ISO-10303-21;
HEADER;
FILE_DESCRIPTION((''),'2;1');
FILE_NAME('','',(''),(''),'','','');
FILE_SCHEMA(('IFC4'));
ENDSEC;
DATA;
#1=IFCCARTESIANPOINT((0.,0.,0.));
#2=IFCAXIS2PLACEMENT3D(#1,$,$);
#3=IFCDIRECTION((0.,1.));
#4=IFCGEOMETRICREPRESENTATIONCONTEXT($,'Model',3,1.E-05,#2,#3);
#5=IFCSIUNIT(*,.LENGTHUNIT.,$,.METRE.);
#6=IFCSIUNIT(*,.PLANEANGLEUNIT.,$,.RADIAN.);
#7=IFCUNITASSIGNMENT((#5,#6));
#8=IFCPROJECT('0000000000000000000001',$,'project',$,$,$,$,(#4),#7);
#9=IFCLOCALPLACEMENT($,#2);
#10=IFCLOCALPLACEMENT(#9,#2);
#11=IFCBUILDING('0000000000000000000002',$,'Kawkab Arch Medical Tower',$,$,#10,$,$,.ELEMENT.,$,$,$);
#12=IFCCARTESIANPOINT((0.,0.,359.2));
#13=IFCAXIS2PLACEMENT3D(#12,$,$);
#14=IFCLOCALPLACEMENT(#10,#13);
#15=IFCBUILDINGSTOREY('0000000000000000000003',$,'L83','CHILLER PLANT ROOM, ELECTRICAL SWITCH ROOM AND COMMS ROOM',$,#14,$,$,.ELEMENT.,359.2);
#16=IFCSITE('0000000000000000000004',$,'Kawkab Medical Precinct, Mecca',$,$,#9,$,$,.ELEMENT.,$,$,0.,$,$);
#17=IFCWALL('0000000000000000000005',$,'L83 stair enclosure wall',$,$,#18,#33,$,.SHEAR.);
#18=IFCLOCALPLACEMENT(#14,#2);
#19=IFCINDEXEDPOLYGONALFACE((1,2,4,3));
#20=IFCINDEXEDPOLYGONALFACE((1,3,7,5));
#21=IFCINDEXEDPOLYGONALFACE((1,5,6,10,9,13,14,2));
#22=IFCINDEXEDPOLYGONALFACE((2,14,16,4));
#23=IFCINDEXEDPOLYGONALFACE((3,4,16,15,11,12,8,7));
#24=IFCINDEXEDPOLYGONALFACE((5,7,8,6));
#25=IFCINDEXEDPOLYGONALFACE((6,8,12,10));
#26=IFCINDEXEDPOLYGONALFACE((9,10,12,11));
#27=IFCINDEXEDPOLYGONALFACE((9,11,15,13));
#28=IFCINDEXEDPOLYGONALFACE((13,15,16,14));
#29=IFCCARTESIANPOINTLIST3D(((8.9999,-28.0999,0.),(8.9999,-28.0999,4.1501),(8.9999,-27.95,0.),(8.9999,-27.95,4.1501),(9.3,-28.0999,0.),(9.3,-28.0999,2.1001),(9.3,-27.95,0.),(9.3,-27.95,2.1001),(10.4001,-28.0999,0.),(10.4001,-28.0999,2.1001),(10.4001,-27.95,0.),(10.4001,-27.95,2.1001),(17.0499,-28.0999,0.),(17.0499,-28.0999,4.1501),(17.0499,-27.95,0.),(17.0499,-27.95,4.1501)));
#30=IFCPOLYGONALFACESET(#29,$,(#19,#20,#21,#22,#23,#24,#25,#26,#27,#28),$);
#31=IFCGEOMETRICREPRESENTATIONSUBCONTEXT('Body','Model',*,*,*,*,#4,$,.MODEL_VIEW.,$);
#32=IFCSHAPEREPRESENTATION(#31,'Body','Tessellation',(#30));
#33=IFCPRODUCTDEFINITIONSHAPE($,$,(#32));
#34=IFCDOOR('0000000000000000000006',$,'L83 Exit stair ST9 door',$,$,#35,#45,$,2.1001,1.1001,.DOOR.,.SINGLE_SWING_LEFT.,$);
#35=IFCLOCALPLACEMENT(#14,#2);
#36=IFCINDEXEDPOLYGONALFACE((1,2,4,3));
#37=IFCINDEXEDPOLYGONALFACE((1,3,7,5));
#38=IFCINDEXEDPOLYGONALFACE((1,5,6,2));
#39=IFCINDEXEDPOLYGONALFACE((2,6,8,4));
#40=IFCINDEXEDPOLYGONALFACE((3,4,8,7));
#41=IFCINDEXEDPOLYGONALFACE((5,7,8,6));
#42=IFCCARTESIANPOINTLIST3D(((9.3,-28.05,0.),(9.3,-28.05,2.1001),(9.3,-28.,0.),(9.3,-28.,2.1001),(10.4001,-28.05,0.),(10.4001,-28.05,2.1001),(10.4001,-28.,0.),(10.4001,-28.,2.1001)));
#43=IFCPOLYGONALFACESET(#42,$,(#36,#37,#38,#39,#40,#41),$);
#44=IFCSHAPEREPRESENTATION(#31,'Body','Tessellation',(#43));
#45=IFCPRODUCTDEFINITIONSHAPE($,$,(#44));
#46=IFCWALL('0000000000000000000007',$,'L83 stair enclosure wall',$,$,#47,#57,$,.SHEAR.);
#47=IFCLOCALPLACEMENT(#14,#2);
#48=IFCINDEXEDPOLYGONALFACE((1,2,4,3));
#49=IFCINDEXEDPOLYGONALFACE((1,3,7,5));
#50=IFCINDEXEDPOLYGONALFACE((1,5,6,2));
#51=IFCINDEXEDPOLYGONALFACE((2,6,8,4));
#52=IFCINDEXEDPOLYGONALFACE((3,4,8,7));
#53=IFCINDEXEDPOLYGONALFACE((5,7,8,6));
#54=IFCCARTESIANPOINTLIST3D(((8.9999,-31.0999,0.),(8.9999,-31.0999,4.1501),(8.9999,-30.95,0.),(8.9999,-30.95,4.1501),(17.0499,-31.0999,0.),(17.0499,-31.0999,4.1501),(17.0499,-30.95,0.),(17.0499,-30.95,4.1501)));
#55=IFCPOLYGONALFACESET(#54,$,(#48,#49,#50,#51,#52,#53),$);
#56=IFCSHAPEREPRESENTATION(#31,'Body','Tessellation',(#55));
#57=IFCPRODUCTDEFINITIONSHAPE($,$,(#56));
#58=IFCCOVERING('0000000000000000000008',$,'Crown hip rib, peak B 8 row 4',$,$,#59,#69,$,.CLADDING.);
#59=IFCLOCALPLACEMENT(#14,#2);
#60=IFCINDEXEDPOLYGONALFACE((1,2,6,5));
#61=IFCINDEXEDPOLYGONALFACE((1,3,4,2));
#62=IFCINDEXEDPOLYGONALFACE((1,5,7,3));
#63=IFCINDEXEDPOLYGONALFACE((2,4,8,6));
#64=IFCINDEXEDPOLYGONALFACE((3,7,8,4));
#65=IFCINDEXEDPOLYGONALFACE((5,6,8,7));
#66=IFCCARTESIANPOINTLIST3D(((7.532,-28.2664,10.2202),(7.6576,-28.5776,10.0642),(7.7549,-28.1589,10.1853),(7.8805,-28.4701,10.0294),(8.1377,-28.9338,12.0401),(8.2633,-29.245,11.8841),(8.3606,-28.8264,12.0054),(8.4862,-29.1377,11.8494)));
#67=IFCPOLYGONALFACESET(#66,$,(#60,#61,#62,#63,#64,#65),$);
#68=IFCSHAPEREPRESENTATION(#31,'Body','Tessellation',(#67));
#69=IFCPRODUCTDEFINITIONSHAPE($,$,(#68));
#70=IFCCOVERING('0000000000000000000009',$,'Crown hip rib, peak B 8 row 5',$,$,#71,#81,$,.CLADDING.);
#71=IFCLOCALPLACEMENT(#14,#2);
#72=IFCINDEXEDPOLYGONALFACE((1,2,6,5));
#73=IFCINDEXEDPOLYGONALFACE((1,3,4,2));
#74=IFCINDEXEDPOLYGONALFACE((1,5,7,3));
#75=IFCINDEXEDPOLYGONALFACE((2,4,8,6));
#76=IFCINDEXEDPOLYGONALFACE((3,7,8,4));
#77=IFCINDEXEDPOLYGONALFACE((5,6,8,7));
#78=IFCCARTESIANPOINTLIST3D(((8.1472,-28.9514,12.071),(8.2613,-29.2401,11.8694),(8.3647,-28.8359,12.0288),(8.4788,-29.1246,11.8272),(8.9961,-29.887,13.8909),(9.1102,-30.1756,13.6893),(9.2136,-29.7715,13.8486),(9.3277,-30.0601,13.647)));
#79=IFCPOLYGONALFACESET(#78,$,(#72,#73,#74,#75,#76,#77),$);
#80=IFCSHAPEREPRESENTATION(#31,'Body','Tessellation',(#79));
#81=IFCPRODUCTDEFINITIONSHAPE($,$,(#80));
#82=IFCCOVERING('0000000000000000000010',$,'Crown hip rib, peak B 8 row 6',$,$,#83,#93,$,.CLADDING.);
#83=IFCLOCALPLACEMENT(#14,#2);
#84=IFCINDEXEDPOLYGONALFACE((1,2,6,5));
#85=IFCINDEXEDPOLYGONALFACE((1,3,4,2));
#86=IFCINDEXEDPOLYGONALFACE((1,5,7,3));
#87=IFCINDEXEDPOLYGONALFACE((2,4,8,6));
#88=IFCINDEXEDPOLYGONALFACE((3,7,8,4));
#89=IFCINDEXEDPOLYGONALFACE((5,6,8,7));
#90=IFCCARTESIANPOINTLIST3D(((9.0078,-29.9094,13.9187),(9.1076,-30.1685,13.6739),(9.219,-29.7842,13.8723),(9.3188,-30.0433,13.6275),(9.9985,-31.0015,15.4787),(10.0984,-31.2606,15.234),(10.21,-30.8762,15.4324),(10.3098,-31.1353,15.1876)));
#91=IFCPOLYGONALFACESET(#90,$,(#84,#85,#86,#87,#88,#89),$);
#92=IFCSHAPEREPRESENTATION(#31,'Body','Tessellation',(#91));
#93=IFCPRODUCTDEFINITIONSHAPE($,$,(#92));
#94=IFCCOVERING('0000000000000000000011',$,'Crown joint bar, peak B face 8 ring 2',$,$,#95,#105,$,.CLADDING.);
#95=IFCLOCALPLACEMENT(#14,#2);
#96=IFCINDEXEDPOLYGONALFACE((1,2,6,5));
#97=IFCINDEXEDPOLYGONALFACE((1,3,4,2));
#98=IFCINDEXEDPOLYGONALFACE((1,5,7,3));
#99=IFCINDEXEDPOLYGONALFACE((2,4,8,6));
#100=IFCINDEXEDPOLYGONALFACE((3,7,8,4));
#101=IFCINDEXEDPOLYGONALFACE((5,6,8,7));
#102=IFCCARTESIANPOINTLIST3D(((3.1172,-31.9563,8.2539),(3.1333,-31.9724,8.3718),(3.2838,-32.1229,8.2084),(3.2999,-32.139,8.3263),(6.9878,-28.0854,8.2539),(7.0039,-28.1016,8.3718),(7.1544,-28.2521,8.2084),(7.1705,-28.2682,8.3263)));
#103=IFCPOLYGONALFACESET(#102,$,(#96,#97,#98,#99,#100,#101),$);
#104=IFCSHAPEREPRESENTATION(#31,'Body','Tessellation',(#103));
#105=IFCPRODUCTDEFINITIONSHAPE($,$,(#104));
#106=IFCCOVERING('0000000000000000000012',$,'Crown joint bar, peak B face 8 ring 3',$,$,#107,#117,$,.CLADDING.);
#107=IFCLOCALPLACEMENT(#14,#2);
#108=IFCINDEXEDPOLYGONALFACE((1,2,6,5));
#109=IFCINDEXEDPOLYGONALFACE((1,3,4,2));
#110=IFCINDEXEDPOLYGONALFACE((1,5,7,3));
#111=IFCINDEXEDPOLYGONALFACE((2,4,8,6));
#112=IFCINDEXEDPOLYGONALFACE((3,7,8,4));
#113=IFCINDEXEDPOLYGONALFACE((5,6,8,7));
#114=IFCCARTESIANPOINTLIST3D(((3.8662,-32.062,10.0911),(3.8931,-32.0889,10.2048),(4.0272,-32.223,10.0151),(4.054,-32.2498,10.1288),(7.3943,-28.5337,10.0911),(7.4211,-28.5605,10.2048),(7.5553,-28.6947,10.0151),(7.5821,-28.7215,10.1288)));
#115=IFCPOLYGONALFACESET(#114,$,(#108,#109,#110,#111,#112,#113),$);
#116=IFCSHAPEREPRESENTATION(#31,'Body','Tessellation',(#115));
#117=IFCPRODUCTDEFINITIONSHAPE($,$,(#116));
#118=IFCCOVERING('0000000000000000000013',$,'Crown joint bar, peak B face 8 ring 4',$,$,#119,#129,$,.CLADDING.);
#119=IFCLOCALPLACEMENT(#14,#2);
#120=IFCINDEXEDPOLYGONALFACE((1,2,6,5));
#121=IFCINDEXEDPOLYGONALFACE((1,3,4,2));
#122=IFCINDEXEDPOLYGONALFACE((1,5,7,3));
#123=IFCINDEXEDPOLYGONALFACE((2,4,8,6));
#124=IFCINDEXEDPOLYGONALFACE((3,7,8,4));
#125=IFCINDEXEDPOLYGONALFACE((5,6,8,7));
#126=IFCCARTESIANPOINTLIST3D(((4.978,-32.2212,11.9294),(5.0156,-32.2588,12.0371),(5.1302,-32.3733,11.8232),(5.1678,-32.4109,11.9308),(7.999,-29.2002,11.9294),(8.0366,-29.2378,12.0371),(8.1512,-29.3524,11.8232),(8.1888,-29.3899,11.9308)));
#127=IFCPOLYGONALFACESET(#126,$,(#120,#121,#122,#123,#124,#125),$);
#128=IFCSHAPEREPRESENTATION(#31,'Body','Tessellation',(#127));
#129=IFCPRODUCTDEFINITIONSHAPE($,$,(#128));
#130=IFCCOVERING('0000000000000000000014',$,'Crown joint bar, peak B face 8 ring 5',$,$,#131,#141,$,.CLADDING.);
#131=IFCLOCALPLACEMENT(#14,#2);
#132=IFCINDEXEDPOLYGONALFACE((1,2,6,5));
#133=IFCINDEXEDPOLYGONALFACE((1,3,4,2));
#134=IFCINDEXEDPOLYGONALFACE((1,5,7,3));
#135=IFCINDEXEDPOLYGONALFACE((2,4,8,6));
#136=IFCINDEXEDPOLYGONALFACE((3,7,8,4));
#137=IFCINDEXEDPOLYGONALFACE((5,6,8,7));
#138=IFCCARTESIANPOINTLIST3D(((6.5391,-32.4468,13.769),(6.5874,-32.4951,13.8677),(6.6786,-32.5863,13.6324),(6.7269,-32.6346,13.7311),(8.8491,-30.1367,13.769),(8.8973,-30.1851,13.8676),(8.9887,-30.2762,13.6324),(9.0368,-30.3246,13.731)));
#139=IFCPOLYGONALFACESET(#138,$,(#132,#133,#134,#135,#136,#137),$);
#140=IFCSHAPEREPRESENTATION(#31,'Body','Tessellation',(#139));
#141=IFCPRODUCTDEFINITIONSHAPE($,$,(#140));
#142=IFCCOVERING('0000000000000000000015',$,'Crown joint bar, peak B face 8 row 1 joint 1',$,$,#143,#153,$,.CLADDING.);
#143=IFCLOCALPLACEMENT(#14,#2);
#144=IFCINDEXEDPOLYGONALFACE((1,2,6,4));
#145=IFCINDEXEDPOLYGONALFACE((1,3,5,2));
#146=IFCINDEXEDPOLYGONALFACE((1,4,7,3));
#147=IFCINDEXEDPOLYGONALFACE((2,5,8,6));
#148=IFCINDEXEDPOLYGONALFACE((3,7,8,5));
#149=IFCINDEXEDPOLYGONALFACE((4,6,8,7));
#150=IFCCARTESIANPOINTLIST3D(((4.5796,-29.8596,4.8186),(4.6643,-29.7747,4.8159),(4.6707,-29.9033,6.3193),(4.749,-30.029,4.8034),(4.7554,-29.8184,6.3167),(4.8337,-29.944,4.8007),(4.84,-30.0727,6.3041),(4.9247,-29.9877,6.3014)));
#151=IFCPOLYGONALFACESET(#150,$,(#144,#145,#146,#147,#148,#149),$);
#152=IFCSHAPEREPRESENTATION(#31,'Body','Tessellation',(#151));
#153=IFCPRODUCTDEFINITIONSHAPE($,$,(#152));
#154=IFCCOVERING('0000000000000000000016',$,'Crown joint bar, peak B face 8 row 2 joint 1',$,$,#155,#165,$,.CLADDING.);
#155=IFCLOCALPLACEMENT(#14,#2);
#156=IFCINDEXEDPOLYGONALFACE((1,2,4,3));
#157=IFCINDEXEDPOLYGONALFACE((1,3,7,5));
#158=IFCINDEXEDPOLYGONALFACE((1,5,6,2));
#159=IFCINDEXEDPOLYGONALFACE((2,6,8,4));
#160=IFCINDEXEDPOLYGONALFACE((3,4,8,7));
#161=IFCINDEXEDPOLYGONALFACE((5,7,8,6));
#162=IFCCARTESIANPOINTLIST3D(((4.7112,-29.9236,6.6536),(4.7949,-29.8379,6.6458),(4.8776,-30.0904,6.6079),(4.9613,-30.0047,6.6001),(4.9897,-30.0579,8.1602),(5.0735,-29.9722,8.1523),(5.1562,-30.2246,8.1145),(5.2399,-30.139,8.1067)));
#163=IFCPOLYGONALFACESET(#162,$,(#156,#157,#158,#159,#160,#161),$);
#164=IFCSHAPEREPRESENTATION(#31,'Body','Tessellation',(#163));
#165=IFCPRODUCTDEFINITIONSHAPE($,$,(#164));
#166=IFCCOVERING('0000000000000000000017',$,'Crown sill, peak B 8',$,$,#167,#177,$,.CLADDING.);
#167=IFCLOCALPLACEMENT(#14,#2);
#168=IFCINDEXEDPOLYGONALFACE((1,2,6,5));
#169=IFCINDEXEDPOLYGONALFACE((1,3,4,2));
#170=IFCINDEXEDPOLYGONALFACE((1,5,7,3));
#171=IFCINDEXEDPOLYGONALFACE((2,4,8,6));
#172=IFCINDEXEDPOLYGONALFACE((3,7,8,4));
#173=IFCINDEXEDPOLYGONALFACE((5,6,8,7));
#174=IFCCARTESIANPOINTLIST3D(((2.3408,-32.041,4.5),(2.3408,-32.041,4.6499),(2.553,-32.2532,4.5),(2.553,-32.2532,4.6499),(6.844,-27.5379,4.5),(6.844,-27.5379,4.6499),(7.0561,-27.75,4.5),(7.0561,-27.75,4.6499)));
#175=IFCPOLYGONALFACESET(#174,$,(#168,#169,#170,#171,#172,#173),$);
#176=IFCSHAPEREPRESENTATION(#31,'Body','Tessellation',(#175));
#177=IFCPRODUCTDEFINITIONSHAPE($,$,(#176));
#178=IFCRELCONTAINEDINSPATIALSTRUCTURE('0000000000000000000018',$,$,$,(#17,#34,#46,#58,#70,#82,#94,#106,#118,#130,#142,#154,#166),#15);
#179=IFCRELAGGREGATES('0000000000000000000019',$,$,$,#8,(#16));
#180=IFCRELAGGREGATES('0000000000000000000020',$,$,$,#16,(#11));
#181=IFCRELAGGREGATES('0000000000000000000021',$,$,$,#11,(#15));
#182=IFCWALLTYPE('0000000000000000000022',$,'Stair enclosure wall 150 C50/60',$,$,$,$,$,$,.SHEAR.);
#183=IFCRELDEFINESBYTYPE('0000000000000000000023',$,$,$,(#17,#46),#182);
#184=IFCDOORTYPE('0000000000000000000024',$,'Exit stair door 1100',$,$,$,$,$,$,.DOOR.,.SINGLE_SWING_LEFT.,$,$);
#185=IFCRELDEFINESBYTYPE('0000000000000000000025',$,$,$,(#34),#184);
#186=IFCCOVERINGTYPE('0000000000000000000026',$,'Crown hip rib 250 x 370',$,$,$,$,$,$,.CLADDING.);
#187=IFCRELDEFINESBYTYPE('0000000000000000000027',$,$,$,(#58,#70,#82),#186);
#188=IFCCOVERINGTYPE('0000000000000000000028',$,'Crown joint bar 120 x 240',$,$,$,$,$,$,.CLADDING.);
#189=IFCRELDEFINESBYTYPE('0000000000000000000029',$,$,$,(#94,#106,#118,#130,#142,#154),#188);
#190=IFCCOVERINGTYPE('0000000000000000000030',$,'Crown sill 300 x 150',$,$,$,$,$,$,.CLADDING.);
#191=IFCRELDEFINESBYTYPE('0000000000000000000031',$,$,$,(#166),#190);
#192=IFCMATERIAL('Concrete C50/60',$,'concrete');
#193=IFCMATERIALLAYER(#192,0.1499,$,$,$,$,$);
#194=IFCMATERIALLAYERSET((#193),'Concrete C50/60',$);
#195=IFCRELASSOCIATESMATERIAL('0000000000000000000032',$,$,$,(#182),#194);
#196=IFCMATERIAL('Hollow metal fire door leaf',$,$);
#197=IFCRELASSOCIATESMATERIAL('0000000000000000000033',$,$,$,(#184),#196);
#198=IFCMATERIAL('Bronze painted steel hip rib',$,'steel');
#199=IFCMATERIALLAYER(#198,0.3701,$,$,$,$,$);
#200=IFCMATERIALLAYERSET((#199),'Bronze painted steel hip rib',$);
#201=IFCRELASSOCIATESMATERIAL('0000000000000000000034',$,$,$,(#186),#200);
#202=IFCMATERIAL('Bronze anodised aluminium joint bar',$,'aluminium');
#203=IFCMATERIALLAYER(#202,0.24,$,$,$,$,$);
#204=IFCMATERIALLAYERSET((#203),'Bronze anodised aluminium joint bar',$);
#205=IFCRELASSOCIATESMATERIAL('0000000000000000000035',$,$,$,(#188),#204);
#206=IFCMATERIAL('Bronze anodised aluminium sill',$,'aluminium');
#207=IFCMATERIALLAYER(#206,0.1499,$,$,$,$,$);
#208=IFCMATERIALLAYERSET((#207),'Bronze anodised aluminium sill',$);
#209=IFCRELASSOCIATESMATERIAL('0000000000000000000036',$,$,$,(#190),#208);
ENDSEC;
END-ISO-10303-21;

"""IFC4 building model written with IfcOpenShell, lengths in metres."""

from ifc_helpers import new_model, si_unit, direction, frame, frame_2d, origin, origin_2d, place, context, subcontext, project, spatial, polyline, rectangle, outline, extrude, material, layer, layer_set, type_object, element, fill, save


model = new_model("IFC4")

# Units and contexts
model_context = context("Model", 3, precision=1e-05, world=origin(), true_north=direction((0.0, 1.0)))
body_context = subcontext(model_context, "Body", "Model", "MODEL_VIEW")
ifc_project = project(units=[si_unit("LENGTHUNIT", "METRE"), si_unit("PLANEANGLEUNIT", "RADIAN")], contexts=[model_context])

# Site, building, storey
site_placement = place(None, origin())
site = spatial("IfcSite", under=ifc_project, at=site_placement, Name="Kawkab Medical Precinct, Mecca", CompositionType="ELEMENT", RefElevation=0.0)
building_placement = place(site_placement, origin())
building = spatial("IfcBuilding", under=site, at=building_placement, Name="Kawkab Arch Medical Tower", CompositionType="ELEMENT")
storey_placement = place(building_placement, frame((0.0, 0.0, 359.2)))
storey = spatial("IfcBuildingStorey", under=building, at=storey_placement, Name="L83", Description="CHILLER PLANT ROOM, ELECTRICAL SWITCH ROOM AND COMMS ROOM", CompositionType="ELEMENT", Elevation=359.2)

# Wall, opening, door
ifc_material_1 = material(Name="Concrete C50/60", Category="concrete")
ifc_layer_1 = layer(ifc_material_1, 0.1499)
ifc_layer_set_1 = layer_set([ifc_layer_1], Name="Concrete C50/60")
wall_type_1 = type_object("IfcWallType", Name="Stair enclosure wall 150 C50/60", PredefinedType="SHEAR", material=ifc_layer_set_1)
wall_1_placement = place(storey_placement, frame((9.0, -28.0249, 0.0), z_axis=(0.0, 0.0, 1.0), x_axis=(1.0, 0.0, 0.0)))
wall_1 = element("IfcWall", 1, at=wall_1_placement, inside=storey, type_object=wall_type_1, Name="L83 stair enclosure wall", PredefinedType="SHEAR", context=body_context, shape_type="SweptSolid", body=[
    extrude(rectangle(XDim=8.05, YDim=0.1499, at=frame_2d((4.0249, 0.0))), origin(), (0.0, 0.0, 1.0), 4.1501),
])
opening_1_placement = place(wall_1_placement, frame((0.3, 0.0, 0.0)))
opening_1 = element("IfcOpeningElement", 2, at=opening_1_placement, cuts=wall_1, PredefinedType="OPENING", context=body_context, shape_type="SweptSolid", body=[
    extrude(rectangle(XDim=1.1001, YDim=2.1001, at=frame_2d((0.55, 1.05))), frame((0.0, 0.085, 0.0), z_axis=(0.0, -1.0, 0.0), x_axis=(1.0, 0.0, 0.0)), (0.0, 0.0, 1.0), 0.1699),
])
ifc_material_2 = material(Name="Hollow metal fire door leaf")
door_type_1 = type_object("IfcDoorType", Name="Exit stair door 1100", OperationType="SINGLE_SWING_LEFT", PredefinedType="DOOR", material=ifc_material_2)
door_1_placement = place(opening_1_placement, origin())
door_1 = element("IfcDoor", 3, at=door_1_placement, inside=storey, type_object=door_type_1, Name="L83 Exit stair ST9 door", OperationType="SINGLE_SWING_LEFT", OverallHeight=2.1001, OverallWidth=1.1001, PredefinedType="DOOR", context=body_context, shape_type="SweptSolid", body=[
    extrude(rectangle(XDim=1.1001, YDim=2.1001, at=frame_2d((0.55, 1.05))), frame((0.0, 0.0249, 0.0), z_axis=(0.0, -1.0, 0.0), x_axis=(1.0, 0.0, 0.0)), (0.0, 0.0, 1.0), 0.05),
])
fill(opening_1, door_1)

# Wall
wall_2_placement = place(storey_placement, frame((9.0, -31.0249, 0.0), z_axis=(0.0, 0.0, 1.0), x_axis=(1.0, 0.0, 0.0)))
element("IfcWall", 4, at=wall_2_placement, inside=storey, type_object=wall_type_1, Name="L83 stair enclosure wall", PredefinedType="SHEAR", context=body_context, shape_type="SweptSolid", body=[
    extrude(rectangle(XDim=8.05, YDim=0.1499, at=frame_2d((4.0249, 0.0))), origin(), (0.0, 0.0, 1.0), 4.1501),
])

# Coverings
ifc_material_3 = material(Name="Bronze painted steel hip rib", Category="steel")
ifc_layer_2 = layer(ifc_material_3, 0.3701)
ifc_layer_set_2 = layer_set([ifc_layer_2], Name="Bronze painted steel hip rib")
covering_type_1 = type_object("IfcCoveringType", Name="Crown hip rib 250 x 370", PredefinedType="CLADDING", material=ifc_layer_set_2)
covering_1_placement = place(storey_placement, frame((7.532, -28.2664, 10.2202), z_axis=(-0.339494, 0.840928, 0.421407), x_axis=(0.298254, -0.328656, 0.896119)))
element("IfcCovering", 5, at=covering_1_placement, inside=storey, type_object=covering_type_1, Name="Crown hip rib, peak B 8 row 4", PredefinedType="CLADDING", context=body_context, shape_type="SweptSolid", body=[
    extrude(outline(polyline([(0.0, 0.0), (2.0308, 0.0), (2.0309, 0.2499), (-0.0001, 0.2499), (0.0, 0.0)])), origin(), (0.0, 0.0, -1.0), 0.3701),
])
covering_2_placement = place(storey_placement, frame((8.1472, -28.9514, 12.071), z_axis=(-0.308257, 0.779904, 0.544728), x_axis=(0.383186, -0.42231, 0.821476)))
element("IfcCovering", 6, at=covering_2_placement, inside=storey, type_object=covering_type_1, Name="Crown hip rib, peak B 8 row 5", PredefinedType="CLADDING", context=body_context, shape_type="SweptSolid", body=[
    extrude(outline(polyline([(0.0, 0.0), (2.2153, 0.0), (2.2152, 0.2499), (-0.0001, 0.2499), (0.0, 0.0)])), origin(), (0.0, 0.0, -1.0), 0.3701),
])
covering_3_placement = place(storey_placement, frame((9.0078, -29.9094, 13.9187), z_axis=(-0.269717, 0.699969, 0.661284), x_axis=(0.461536, -0.508743, 0.72675)))
element("IfcCovering", 7, at=covering_3_placement, inside=storey, type_object=covering_type_1, Name="Crown hip rib, peak B 8 row 6", PredefinedType="CLADDING", context=body_context, shape_type="SweptSolid", body=[
    extrude(outline(polyline([(0.0, 0.0), (2.1466, 0.0), (2.1467, 0.2501), (0.0, 0.2499), (0.0, 0.0)])), origin(), (0.0, 0.0, -1.0), 0.3701),
])
ifc_material_4 = material(Name="Bronze anodised aluminium joint bar", Category="aluminium")
ifc_layer_3 = layer(ifc_material_4, 0.24)
ifc_layer_set_3 = layer_set([ifc_layer_3], Name="Bronze anodised aluminium joint bar")
covering_type_2 = type_object("IfcCoveringType", Name="Crown joint bar 120 x 240", PredefinedType="CLADDING", material=ifc_layer_set_3)
covering_4_placement = place(storey_placement, frame((6.9878, -28.0854, 8.2539), z_axis=(-0.694284, 0.69424, 0.189736), x_axis=(-0.707084, -0.707129, 0.0)))
element("IfcCovering", 8, at=covering_4_placement, inside=storey, type_object=covering_type_2, Name="Crown joint bar, peak B face 8 ring 2", PredefinedType="CLADDING", context=body_context, shape_type="SweptSolid", body=[
    extrude(outline(polyline([(0.0, 0.0), (5.474, 0.0), (5.474, 0.1201), (0.0, 0.1201), (0.0, 0.0)])), origin(), (0.0, 0.0, -1.0), 0.24),
])
covering_5_placement = place(storey_placement, frame((7.3943, -28.5337, 10.0911), z_axis=(-0.670744, 0.670698, 0.316649), x_axis=(-0.707082, -0.707131, 0.0)))
element("IfcCovering", 9, at=covering_5_placement, inside=storey, type_object=covering_type_2, Name="Crown joint bar, peak B face 8 ring 3", PredefinedType="CLADDING", context=body_context, shape_type="SweptSolid", body=[
    extrude(outline(polyline([(0.0, 0.0), (4.9896, 0.0), (4.9896, 0.1199), (0.0, 0.1199), (0.0, 0.0)])), origin(), (0.0, 0.0, -1.0), 0.24),
])
covering_6_placement = place(storey_placement, frame((7.999, -29.2002, 11.9294), z_axis=(-0.634007, 0.634007, 0.442798), x_axis=(-0.707107, -0.707107, 0.0)))
element("IfcCovering", 10, at=covering_6_placement, inside=storey, type_object=covering_type_2, Name="Crown joint bar, peak B face 8 ring 4", PredefinedType="CLADDING", context=body_context, shape_type="SweptSolid", body=[
    extrude(outline(polyline([(0.0, 0.0), (4.2723, 0.0), (4.2723, 0.1201), (0.0, 0.1201), (0.0, 0.0)])), origin(), (0.0, 0.0, -1.0), 0.24),
])
covering_7_placement = place(storey_placement, frame((8.8491, -30.1367, 13.769), z_axis=(-0.581414, 0.581384, 0.569167), x_axis=(-0.707094, -0.707119, -0.000012)))
element("IfcCovering", 11, at=covering_7_placement, inside=storey, type_object=covering_type_2, Name="Crown joint bar, peak B face 8 ring 5", PredefinedType="CLADDING", context=body_context, shape_type="SweptSolid", body=[
    extrude(outline(polyline([(0.0, 0.0), (3.2669, 0.0), (3.2669, 0.12), (0.0002, 0.1199), (0.0, 0.0)])), origin(), (0.0, 0.0, -1.0), 0.24),
])
covering_8_placement = place(storey_placement, frame((4.5796, -29.8596, 4.8186), z_axis=(-0.705698, 0.705673, 0.063371), x_axis=(0.060543, -0.029054, 0.997743)))
element("IfcCovering", 12, at=covering_8_placement, inside=storey, type_object=covering_type_2, Name="Crown joint bar, peak B face 8 row 1 joint 1", PredefinedType="CLADDING", context=body_context, shape_type="SweptSolid", body=[
    extrude(outline(polyline([(0.0, 0.0), (1.5041, 0.0), (1.5041, 0.12), (0.0, 0.12), (0.0, 0.0)])), origin(), (0.0, 0.0, -1.0), 0.24),
])
covering_9_placement = place(storey_placement, frame((4.7112, -29.9236, 6.6536), z_axis=(-0.693439, 0.69497, 0.190155), x_axis=(0.181121, -0.087306, 0.979578)))
element("IfcCovering", 13, at=covering_9_placement, inside=storey, type_object=covering_type_2, Name="Crown joint bar, peak B face 8 row 2 joint 1", PredefinedType="CLADDING", context=body_context, shape_type="SweptSolid", body=[
    extrude(outline(polyline([(0.0, 0.0), (1.538, 0.0), (1.538, 0.1201), (0.0, 0.1201), (0.0, 0.0)])), origin(), (0.0, 0.0, -1.0), 0.24),
])
ifc_material_5 = material(Name="Bronze anodised aluminium sill", Category="aluminium")
ifc_layer_4 = layer(ifc_material_5, 0.1499)
ifc_layer_set_4 = layer_set([ifc_layer_4], Name="Bronze anodised aluminium sill")
covering_type_3 = type_object("IfcCoveringType", Name="Crown sill 300 x 150", PredefinedType="CLADDING", material=ifc_layer_set_4)
covering_10_placement = place(storey_placement, frame((4.6985, -29.8955, 4.5), z_axis=(0.0, 0.0, 1.0), x_axis=(-0.707107, -0.707107, 0.0)))
element("IfcCovering", 14, at=covering_10_placement, inside=storey, type_object=covering_type_3, Name="Crown sill, peak B 8", PredefinedType="CLADDING", context=body_context, shape_type="SweptSolid", body=[
    extrude(rectangle(XDim=6.3684, YDim=0.3, at=origin_2d()), origin(), (0.0, 0.0, 1.0), 0.1499),
])

save(model, "model.ifc")
